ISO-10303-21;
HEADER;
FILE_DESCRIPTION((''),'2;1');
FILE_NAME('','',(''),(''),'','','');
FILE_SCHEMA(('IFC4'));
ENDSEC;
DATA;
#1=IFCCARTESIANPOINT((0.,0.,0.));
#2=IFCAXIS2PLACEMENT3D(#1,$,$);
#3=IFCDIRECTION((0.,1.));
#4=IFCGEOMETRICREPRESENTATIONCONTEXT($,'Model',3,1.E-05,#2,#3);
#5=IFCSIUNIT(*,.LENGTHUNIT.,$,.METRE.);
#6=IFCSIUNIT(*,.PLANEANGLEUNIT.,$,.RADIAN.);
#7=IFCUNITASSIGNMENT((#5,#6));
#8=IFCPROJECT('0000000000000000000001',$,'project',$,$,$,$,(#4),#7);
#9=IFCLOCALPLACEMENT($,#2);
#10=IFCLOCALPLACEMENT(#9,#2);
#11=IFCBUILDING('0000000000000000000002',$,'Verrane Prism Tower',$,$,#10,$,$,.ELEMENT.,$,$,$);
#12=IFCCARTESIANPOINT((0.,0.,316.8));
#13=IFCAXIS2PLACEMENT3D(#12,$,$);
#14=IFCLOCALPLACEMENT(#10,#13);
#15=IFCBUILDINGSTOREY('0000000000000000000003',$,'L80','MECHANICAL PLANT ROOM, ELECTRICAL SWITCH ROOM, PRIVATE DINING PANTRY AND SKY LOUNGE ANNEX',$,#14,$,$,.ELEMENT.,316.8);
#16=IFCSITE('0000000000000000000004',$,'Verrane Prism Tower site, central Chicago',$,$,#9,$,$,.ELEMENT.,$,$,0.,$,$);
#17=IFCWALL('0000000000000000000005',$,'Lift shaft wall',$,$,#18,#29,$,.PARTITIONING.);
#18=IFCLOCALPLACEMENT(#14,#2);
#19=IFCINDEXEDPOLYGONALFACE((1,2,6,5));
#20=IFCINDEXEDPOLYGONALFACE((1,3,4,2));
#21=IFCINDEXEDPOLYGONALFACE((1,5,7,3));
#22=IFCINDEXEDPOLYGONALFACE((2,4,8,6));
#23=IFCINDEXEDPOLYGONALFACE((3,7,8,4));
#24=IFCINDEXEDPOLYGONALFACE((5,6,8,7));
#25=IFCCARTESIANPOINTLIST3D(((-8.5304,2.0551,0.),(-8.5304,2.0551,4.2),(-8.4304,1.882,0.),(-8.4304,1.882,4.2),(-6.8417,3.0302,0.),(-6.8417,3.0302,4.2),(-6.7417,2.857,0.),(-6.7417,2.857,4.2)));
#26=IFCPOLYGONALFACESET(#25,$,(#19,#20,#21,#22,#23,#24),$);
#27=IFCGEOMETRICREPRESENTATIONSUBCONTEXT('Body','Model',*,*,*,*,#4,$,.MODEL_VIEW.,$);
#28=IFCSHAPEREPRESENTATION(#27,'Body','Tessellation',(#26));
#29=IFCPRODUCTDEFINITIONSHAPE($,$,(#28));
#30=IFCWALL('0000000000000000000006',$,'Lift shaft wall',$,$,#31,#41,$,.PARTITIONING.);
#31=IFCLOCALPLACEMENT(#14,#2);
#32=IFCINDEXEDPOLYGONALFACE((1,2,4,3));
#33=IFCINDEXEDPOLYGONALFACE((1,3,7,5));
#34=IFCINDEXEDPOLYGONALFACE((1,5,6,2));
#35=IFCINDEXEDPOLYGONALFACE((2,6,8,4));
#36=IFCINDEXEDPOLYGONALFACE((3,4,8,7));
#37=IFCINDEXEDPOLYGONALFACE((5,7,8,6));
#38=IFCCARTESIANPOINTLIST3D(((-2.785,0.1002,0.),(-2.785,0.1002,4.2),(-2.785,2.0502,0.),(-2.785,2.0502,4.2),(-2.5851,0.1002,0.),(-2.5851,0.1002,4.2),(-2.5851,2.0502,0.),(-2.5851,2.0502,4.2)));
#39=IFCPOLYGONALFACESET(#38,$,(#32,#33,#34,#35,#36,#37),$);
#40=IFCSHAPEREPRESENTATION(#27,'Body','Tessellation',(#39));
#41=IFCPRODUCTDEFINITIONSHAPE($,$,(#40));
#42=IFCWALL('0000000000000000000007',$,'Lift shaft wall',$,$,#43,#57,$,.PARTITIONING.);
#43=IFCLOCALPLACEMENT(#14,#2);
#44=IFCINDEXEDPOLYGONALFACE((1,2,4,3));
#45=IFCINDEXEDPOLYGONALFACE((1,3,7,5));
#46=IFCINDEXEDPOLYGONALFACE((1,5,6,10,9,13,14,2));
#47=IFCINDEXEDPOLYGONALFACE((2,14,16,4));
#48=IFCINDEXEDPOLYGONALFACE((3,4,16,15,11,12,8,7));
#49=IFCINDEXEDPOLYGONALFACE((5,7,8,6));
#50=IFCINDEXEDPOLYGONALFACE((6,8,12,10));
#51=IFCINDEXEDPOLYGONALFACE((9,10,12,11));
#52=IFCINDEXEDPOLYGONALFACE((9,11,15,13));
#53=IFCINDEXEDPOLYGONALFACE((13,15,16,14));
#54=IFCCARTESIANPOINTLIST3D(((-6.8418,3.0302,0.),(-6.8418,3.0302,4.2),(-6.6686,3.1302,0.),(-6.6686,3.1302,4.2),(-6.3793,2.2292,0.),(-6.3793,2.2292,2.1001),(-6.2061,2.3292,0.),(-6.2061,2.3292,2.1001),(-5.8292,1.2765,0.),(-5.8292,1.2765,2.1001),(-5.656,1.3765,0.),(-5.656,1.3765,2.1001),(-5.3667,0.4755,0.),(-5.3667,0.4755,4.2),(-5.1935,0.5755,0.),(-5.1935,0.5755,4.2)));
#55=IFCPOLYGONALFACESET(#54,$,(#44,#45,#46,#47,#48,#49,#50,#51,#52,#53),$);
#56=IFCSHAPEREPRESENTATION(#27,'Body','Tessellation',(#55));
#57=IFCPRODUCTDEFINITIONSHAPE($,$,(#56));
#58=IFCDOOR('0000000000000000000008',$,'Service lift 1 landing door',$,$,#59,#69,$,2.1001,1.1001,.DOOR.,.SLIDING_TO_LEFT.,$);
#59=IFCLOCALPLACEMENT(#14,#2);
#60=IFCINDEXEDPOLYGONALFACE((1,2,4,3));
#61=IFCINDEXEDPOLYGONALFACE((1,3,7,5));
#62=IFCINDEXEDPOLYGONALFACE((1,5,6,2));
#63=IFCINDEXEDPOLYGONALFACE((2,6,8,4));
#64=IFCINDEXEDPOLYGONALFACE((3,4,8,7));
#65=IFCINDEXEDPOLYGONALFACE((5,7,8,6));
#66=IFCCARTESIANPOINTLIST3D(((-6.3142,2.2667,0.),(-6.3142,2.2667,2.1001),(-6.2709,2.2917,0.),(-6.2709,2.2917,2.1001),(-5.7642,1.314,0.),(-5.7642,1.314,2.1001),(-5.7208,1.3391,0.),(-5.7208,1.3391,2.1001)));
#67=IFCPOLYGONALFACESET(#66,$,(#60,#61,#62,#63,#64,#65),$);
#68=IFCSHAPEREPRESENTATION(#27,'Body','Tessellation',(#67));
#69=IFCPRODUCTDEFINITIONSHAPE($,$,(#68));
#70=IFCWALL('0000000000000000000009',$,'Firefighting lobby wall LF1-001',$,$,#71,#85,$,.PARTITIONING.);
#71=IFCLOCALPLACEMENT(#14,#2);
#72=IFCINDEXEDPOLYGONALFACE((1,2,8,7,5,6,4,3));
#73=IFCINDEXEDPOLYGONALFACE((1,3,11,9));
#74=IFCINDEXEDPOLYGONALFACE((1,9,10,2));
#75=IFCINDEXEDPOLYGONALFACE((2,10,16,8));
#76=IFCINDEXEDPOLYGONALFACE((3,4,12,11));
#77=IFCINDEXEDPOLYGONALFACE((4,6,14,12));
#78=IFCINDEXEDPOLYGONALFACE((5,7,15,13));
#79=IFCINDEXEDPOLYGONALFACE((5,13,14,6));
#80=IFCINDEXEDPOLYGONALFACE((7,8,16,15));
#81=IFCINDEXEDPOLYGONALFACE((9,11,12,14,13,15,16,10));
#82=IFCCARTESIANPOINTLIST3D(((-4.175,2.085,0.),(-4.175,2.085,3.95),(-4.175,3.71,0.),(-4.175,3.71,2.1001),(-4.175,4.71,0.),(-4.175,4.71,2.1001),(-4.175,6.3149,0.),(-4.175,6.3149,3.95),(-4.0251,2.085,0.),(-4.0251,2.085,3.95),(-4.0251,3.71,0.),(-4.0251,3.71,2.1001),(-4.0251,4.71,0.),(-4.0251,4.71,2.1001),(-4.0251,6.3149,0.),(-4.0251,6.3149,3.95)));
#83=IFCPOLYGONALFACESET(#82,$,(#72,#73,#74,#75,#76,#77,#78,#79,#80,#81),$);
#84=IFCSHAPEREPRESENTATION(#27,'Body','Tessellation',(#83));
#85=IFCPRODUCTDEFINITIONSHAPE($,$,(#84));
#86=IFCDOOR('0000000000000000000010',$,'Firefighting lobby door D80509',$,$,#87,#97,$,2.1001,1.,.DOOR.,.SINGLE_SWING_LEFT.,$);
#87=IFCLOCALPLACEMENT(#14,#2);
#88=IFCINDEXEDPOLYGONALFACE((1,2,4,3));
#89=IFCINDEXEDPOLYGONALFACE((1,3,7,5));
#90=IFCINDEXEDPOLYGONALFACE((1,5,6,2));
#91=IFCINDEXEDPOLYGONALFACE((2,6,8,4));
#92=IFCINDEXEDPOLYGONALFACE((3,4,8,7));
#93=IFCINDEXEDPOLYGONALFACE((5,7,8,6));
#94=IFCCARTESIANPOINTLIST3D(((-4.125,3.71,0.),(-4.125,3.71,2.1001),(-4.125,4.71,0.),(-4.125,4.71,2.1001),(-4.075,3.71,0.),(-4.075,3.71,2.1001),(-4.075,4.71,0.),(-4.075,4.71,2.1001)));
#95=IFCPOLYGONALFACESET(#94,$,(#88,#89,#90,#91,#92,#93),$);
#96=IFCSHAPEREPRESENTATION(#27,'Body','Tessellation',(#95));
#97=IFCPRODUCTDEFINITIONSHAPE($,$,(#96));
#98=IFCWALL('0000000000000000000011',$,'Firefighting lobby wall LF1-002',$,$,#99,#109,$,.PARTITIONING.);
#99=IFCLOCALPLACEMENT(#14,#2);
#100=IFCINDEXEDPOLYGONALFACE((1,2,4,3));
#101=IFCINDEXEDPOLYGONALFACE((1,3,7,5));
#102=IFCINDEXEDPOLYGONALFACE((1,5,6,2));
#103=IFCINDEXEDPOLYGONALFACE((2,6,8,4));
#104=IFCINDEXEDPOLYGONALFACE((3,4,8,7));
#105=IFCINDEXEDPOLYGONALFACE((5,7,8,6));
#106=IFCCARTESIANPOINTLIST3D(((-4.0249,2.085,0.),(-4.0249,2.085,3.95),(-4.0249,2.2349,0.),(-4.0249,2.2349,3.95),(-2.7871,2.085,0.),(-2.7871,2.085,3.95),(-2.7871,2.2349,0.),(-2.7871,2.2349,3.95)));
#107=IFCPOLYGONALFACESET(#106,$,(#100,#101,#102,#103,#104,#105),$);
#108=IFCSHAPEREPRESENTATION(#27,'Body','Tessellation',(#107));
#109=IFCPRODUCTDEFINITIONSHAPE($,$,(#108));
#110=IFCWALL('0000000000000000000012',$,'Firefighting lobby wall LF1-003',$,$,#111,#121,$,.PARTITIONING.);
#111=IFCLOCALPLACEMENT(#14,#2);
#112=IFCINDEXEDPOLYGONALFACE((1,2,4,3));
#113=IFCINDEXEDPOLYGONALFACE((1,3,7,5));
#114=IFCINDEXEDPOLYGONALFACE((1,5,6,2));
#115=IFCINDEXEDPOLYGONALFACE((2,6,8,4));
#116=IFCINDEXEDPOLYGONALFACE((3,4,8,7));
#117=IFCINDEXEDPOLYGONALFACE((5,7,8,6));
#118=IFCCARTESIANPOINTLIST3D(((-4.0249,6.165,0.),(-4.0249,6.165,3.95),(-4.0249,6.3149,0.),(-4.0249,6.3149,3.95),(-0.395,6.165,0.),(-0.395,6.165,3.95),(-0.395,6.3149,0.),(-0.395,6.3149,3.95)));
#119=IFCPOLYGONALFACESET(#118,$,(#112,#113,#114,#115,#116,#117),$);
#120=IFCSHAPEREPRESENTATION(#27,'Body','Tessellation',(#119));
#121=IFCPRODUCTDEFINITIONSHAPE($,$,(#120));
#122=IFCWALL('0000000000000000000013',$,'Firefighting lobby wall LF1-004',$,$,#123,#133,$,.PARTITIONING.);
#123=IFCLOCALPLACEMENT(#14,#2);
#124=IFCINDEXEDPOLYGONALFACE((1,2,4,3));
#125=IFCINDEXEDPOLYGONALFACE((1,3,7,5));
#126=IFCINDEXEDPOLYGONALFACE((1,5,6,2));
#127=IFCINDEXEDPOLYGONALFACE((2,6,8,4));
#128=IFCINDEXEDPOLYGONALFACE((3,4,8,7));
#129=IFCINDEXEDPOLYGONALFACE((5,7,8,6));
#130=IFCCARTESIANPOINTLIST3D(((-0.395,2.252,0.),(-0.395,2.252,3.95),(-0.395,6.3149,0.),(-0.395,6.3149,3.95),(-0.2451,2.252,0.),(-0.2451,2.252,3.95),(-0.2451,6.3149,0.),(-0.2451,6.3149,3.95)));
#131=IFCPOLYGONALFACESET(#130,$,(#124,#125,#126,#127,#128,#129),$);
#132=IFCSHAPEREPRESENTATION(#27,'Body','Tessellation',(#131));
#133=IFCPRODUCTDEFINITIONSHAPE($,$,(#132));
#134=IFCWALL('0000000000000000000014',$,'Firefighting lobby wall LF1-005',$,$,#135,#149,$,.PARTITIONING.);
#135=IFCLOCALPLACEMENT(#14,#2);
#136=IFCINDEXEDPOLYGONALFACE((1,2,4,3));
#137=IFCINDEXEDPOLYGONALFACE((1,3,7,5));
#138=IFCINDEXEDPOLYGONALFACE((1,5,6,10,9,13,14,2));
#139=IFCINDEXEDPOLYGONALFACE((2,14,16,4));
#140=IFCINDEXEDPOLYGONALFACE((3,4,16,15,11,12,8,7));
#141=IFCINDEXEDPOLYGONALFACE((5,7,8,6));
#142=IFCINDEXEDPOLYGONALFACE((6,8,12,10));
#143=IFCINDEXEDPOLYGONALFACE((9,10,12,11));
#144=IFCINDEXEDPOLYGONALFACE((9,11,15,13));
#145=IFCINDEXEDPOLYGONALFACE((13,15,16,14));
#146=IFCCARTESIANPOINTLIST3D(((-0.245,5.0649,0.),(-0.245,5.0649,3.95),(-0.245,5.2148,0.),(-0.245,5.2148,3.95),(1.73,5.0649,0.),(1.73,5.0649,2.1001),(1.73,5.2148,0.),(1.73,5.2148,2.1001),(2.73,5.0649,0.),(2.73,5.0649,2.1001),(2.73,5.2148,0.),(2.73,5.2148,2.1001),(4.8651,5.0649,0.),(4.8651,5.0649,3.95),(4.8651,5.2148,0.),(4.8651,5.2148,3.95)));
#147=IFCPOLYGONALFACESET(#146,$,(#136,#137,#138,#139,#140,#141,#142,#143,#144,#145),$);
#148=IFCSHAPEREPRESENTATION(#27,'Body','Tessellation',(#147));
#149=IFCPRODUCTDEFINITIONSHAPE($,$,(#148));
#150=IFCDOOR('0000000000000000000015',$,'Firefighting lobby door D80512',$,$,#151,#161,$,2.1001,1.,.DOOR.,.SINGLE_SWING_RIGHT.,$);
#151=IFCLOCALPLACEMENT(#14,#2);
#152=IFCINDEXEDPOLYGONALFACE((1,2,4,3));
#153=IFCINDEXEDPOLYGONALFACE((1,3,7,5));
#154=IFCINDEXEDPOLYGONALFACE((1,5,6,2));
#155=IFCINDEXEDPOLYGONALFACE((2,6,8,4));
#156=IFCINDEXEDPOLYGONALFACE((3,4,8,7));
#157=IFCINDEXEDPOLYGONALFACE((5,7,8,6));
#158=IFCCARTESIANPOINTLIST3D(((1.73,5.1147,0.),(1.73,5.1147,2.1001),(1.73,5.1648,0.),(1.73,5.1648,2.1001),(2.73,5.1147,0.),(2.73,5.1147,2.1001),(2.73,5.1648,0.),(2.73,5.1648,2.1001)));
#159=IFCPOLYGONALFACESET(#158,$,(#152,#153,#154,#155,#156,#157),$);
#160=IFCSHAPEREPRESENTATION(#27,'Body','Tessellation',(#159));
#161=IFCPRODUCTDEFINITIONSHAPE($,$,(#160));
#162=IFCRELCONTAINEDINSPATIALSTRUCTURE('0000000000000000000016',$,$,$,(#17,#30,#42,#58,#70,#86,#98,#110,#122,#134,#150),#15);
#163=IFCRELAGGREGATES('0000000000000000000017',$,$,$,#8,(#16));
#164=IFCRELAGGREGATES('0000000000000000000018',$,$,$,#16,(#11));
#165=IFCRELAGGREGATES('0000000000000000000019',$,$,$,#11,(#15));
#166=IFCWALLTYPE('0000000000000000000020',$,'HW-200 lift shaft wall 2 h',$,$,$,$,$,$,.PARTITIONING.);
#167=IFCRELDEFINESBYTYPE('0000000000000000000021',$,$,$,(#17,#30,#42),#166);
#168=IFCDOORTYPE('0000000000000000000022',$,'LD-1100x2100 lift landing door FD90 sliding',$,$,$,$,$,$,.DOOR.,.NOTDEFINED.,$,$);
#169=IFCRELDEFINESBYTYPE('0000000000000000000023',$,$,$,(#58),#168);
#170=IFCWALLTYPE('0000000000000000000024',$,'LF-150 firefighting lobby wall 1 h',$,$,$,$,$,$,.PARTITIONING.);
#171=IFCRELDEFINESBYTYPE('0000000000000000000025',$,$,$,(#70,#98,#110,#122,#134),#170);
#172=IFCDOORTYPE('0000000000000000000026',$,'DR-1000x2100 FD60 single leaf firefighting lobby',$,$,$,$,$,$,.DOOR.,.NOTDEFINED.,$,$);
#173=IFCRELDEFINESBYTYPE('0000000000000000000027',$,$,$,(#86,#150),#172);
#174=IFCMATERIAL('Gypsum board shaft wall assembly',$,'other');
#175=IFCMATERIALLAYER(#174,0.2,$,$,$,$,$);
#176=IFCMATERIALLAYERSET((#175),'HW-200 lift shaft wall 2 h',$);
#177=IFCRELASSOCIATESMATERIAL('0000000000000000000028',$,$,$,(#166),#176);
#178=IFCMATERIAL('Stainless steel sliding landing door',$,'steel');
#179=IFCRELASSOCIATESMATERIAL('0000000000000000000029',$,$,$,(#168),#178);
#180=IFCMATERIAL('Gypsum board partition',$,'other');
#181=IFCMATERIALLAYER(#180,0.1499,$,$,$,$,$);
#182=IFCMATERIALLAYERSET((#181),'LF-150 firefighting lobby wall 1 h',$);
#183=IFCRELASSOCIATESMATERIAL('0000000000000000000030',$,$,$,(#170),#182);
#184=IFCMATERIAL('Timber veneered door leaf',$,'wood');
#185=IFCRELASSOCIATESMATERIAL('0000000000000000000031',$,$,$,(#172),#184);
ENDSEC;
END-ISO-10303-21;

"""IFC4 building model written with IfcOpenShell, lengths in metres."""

from ifc_helpers import new_model, si_unit, direction, frame, frame_2d, origin, place, context, subcontext, project, spatial, rectangle, extrude, material, layer, layer_set, type_object, element, fill, save


model = new_model("IFC4")

# Units and contexts
model_context = context("Model", 3, precision=1e-05, world=origin(), true_north=direction((0.0, 1.0)))
body_context = subcontext(model_context, "Body", "Model", "MODEL_VIEW")
ifc_project = project(units=[si_unit("LENGTHUNIT", "METRE"), si_unit("PLANEANGLEUNIT", "RADIAN")], contexts=[model_context])

# Site, building, storey
site_placement = place(None, origin())
site = spatial("IfcSite", under=ifc_project, at=site_placement, Name="Verrane Prism Tower site, central Chicago", CompositionType="ELEMENT", RefElevation=0.0)
building_placement = place(site_placement, origin())
building = spatial("IfcBuilding", under=site, at=building_placement, Name="Verrane Prism Tower", CompositionType="ELEMENT")
storey_placement = place(building_placement, frame((0.0, 0.0, 316.8)))
storey = spatial("IfcBuildingStorey", under=building, at=storey_placement, Name="L80", Description="MECHANICAL PLANT ROOM, ELECTRICAL SWITCH ROOM, PRIVATE DINING PANTRY AND SKY LOUNGE ANNEX", CompositionType="ELEMENT", Elevation=316.8)

# Shared definitions
ifc_material_1 = material(Name="Gypsum board shaft wall assembly", Category="other")
ifc_layer_1 = layer(ifc_material_1, 0.2)
ifc_layer_set_1 = layer_set([ifc_layer_1], Name="HW-200 lift shaft wall 2 h")
wall_type_1 = type_object("IfcWallType", Name="HW-200 lift shaft wall 2 h", PredefinedType="PARTITIONING", material=ifc_layer_set_1)
ifc_material_2 = material(Name="Stainless steel sliding landing door", Category="steel")
door_type_1 = type_object("IfcDoorType", Name="LD-1100x2100 lift landing door FD90 sliding", OperationType="NOTDEFINED", PredefinedType="DOOR", material=ifc_material_2)

# Walls
for number, where, z_axis, x_axis, name in (
    (1, (-8.4805, 1.9685, 0.0), (0.0, 0.0, 1.0), (0.866, 0.500044, 0.0), "Lift shaft wall"),
    (2, (-2.6851, 0.1001, 0.0), (0.0, 0.0, 1.0), (0.0, 1.0, 0.0), "Lift shaft wall"),
):
    element("IfcWall", number, at=place(storey_placement, frame(where, z_axis=z_axis, x_axis=x_axis)), inside=storey, type_object=wall_type_1, Name=name, PredefinedType="PARTITIONING", context=body_context, shape_type="SweptSolid", body=[
        extrude(rectangle(XDim=1.95, YDim=0.2, at=frame_2d((0.9751, 0.0))), origin(), (0.0, 0.0, 1.0), 4.2),
    ])

# Walls, openings, doors
wall_1_placement = place(storey_placement, frame((-5.28, 0.5254, 0.0), z_axis=(0.0, 0.0, 1.0), x_axis=(-0.500038, 0.866004, 0.0)))
wall_1 = element("IfcWall", 3, at=wall_1_placement, inside=storey, type_object=wall_type_1, Name="Lift shaft wall", PredefinedType="PARTITIONING", context=body_context, shape_type="SweptSolid", body=[
    extrude(rectangle(XDim=2.95, YDim=0.2, at=frame_2d((1.4751, 0.0))), origin(), (0.0, 0.0, 1.0), 4.2),
])
opening_1_placement = place(wall_1_placement, frame((0.925, 0.0, 0.0)))
opening_1 = element("IfcOpeningElement", 4, at=opening_1_placement, cuts=wall_1, PredefinedType="OPENING", context=body_context, shape_type="SweptSolid", body=[
    extrude(rectangle(XDim=1.1001, YDim=2.1001, at=frame_2d((0.55, 1.05))), frame((0.0, 0.1099, 0.0), z_axis=(0.0, -1.0, 0.0), x_axis=(1.0, 0.0, 0.0)), (0.0, 0.0, 1.0), 0.22),
])
door_1_placement = place(opening_1_placement, origin())
door_1 = element("IfcDoor", 5, at=door_1_placement, inside=storey, type_object=door_type_1, Name="Service lift 1 landing door", OperationType="SLIDING_TO_LEFT", OverallHeight=2.1001, OverallWidth=1.1001, PredefinedType="DOOR", context=body_context, shape_type="SweptSolid", body=[
    extrude(rectangle(XDim=1.1001, YDim=2.1001, at=frame_2d((0.55, 1.05))), frame((0.0, 0.0249, 0.0), z_axis=(0.0, -1.0, 0.0), x_axis=(1.0, 0.0, 0.0)), (0.0, 0.0, 1.0), 0.05),
])
fill(opening_1, door_1)
ifc_material_3 = material(Name="Gypsum board partition", Category="other")
ifc_layer_2 = layer(ifc_material_3, 0.1499)
ifc_layer_set_2 = layer_set([ifc_layer_2], Name="LF-150 firefighting lobby wall 1 h")
wall_type_2 = type_object("IfcWallType", Name="LF-150 firefighting lobby wall 1 h", PredefinedType="PARTITIONING", material=ifc_layer_set_2)
wall_2_placement = place(storey_placement, frame((-4.1001, 2.085, 0.0), z_axis=(0.0, 0.0, 1.0), x_axis=(0.0, 1.0, 0.0)))
wall_2 = element("IfcWall", 6, at=wall_2_placement, inside=storey, type_object=wall_type_2, Name="Firefighting lobby wall LF1-001", PredefinedType="PARTITIONING", context=body_context, shape_type="SweptSolid", body=[
    extrude(rectangle(XDim=4.23, YDim=0.1499, at=frame_2d((2.115, 0.0))), origin(), (0.0, 0.0, 1.0), 3.95),
])
opening_2_placement = place(wall_2_placement, frame((1.625, 0.0, 0.0)))
opening_2 = element("IfcOpeningElement", 7, at=opening_2_placement, cuts=wall_2, PredefinedType="OPENING", context=body_context, shape_type="SweptSolid", body=[
    extrude(rectangle(XDim=1.0, YDim=2.1001, at=frame_2d((0.5, 1.05))), frame((0.0, 0.085, 0.0), z_axis=(0.0, -1.0, 0.0), x_axis=(1.0, 0.0, 0.0)), (0.0, 0.0, 1.0), 0.1699),
])
ifc_material_4 = material(Name="Timber veneered door leaf", Category="wood")
door_type_2 = type_object("IfcDoorType", Name="DR-1000x2100 FD60 single leaf firefighting lobby", OperationType="NOTDEFINED", PredefinedType="DOOR", material=ifc_material_4)
door_2_placement = place(opening_2_placement, origin())
door_2 = element("IfcDoor", 8, at=door_2_placement, inside=storey, type_object=door_type_2, Name="Firefighting lobby door D80509", OperationType="SINGLE_SWING_LEFT", OverallHeight=2.1001, OverallWidth=1.0, PredefinedType="DOOR", context=body_context, shape_type="SweptSolid", body=[
    extrude(rectangle(XDim=1.0, YDim=2.1001, at=frame_2d((0.5, 1.05))), frame((0.0, 0.0249, 0.0), z_axis=(0.0, -1.0, 0.0), x_axis=(1.0, 0.0, 0.0)), (0.0, 0.0, 1.0), 0.05),
])
fill(opening_2, door_2)

# Walls
wall_3_placement = place(storey_placement, frame((-4.0249, 2.1599, 0.0), z_axis=(0.0, 0.0, 1.0), x_axis=(1.0, 0.0, 0.0)))
element("IfcWall", 9, at=wall_3_placement, inside=storey, type_object=wall_type_2, Name="Firefighting lobby wall LF1-002", PredefinedType="PARTITIONING", context=body_context, shape_type="SweptSolid", body=[
    extrude(rectangle(XDim=1.2378, YDim=0.1499, at=frame_2d((0.6189, 0.0))), origin(), (0.0, 0.0, 1.0), 3.95),
])
wall_4_placement = place(storey_placement, frame((-4.0249, 6.24, 0.0), z_axis=(0.0, 0.0, 1.0), x_axis=(1.0, 0.0, 0.0)))
element("IfcWall", 10, at=wall_4_placement, inside=storey, type_object=wall_type_2, Name="Firefighting lobby wall LF1-003", PredefinedType="PARTITIONING", context=body_context, shape_type="SweptSolid", body=[
    extrude(rectangle(XDim=3.6299, YDim=0.1499, at=frame_2d((1.8149, 0.0))), origin(), (0.0, 0.0, 1.0), 3.95),
])
wall_5_placement = place(storey_placement, frame((-0.3201, 2.252, 0.0), z_axis=(0.0, 0.0, 1.0), x_axis=(0.0, 1.0, 0.0)))
element("IfcWall", 11, at=wall_5_placement, inside=storey, type_object=wall_type_2, Name="Firefighting lobby wall LF1-004", PredefinedType="PARTITIONING", context=body_context, shape_type="SweptSolid", body=[
    extrude(rectangle(XDim=4.063, YDim=0.1499, at=frame_2d((2.0315, 0.0))), origin(), (0.0, 0.0, 1.0), 3.95),
])

# Wall, opening, door
wall_6_placement = place(storey_placement, frame((-0.2451, 5.1399, 0.0), z_axis=(0.0, 0.0, 1.0), x_axis=(1.0, 0.0, 0.0)))
wall_6 = element("IfcWall", 12, at=wall_6_placement, inside=storey, type_object=wall_type_2, Name="Firefighting lobby wall LF1-005", PredefinedType="PARTITIONING", context=body_context, shape_type="SweptSolid", body=[
    extrude(rectangle(XDim=5.1101, YDim=0.1499, at=frame_2d((2.5552, 0.0))), origin(), (0.0, 0.0, 1.0), 3.95),
])
opening_3_placement = place(wall_6_placement, frame((1.9751, 0.0, 0.0)))
opening_3 = element("IfcOpeningElement", 13, at=opening_3_placement, cuts=wall_6, PredefinedType="OPENING", context=body_context, shape_type="SweptSolid", body=[
    extrude(rectangle(XDim=1.0, YDim=2.1001, at=frame_2d((0.5, 1.05))), frame((0.0, 0.085, 0.0), z_axis=(0.0, -1.0, 0.0), x_axis=(1.0, 0.0, 0.0)), (0.0, 0.0, 1.0), 0.1699),
])
door_3_placement = place(opening_3_placement, origin())
door_3 = element("IfcDoor", 14, at=door_3_placement, inside=storey, type_object=door_type_2, Name="Firefighting lobby door D80512", OperationType="SINGLE_SWING_RIGHT", OverallHeight=2.1001, OverallWidth=1.0, PredefinedType="DOOR", context=body_context, shape_type="SweptSolid", body=[
    extrude(rectangle(XDim=1.0, YDim=2.1001, at=frame_2d((0.5, 1.05))), frame((0.0, 0.0249, 0.0), z_axis=(0.0, -1.0, 0.0), x_axis=(1.0, 0.0, 0.0)), (0.0, 0.0, 1.0), 0.05),
])
fill(opening_3, door_3)

save(model, "model.ifc")
